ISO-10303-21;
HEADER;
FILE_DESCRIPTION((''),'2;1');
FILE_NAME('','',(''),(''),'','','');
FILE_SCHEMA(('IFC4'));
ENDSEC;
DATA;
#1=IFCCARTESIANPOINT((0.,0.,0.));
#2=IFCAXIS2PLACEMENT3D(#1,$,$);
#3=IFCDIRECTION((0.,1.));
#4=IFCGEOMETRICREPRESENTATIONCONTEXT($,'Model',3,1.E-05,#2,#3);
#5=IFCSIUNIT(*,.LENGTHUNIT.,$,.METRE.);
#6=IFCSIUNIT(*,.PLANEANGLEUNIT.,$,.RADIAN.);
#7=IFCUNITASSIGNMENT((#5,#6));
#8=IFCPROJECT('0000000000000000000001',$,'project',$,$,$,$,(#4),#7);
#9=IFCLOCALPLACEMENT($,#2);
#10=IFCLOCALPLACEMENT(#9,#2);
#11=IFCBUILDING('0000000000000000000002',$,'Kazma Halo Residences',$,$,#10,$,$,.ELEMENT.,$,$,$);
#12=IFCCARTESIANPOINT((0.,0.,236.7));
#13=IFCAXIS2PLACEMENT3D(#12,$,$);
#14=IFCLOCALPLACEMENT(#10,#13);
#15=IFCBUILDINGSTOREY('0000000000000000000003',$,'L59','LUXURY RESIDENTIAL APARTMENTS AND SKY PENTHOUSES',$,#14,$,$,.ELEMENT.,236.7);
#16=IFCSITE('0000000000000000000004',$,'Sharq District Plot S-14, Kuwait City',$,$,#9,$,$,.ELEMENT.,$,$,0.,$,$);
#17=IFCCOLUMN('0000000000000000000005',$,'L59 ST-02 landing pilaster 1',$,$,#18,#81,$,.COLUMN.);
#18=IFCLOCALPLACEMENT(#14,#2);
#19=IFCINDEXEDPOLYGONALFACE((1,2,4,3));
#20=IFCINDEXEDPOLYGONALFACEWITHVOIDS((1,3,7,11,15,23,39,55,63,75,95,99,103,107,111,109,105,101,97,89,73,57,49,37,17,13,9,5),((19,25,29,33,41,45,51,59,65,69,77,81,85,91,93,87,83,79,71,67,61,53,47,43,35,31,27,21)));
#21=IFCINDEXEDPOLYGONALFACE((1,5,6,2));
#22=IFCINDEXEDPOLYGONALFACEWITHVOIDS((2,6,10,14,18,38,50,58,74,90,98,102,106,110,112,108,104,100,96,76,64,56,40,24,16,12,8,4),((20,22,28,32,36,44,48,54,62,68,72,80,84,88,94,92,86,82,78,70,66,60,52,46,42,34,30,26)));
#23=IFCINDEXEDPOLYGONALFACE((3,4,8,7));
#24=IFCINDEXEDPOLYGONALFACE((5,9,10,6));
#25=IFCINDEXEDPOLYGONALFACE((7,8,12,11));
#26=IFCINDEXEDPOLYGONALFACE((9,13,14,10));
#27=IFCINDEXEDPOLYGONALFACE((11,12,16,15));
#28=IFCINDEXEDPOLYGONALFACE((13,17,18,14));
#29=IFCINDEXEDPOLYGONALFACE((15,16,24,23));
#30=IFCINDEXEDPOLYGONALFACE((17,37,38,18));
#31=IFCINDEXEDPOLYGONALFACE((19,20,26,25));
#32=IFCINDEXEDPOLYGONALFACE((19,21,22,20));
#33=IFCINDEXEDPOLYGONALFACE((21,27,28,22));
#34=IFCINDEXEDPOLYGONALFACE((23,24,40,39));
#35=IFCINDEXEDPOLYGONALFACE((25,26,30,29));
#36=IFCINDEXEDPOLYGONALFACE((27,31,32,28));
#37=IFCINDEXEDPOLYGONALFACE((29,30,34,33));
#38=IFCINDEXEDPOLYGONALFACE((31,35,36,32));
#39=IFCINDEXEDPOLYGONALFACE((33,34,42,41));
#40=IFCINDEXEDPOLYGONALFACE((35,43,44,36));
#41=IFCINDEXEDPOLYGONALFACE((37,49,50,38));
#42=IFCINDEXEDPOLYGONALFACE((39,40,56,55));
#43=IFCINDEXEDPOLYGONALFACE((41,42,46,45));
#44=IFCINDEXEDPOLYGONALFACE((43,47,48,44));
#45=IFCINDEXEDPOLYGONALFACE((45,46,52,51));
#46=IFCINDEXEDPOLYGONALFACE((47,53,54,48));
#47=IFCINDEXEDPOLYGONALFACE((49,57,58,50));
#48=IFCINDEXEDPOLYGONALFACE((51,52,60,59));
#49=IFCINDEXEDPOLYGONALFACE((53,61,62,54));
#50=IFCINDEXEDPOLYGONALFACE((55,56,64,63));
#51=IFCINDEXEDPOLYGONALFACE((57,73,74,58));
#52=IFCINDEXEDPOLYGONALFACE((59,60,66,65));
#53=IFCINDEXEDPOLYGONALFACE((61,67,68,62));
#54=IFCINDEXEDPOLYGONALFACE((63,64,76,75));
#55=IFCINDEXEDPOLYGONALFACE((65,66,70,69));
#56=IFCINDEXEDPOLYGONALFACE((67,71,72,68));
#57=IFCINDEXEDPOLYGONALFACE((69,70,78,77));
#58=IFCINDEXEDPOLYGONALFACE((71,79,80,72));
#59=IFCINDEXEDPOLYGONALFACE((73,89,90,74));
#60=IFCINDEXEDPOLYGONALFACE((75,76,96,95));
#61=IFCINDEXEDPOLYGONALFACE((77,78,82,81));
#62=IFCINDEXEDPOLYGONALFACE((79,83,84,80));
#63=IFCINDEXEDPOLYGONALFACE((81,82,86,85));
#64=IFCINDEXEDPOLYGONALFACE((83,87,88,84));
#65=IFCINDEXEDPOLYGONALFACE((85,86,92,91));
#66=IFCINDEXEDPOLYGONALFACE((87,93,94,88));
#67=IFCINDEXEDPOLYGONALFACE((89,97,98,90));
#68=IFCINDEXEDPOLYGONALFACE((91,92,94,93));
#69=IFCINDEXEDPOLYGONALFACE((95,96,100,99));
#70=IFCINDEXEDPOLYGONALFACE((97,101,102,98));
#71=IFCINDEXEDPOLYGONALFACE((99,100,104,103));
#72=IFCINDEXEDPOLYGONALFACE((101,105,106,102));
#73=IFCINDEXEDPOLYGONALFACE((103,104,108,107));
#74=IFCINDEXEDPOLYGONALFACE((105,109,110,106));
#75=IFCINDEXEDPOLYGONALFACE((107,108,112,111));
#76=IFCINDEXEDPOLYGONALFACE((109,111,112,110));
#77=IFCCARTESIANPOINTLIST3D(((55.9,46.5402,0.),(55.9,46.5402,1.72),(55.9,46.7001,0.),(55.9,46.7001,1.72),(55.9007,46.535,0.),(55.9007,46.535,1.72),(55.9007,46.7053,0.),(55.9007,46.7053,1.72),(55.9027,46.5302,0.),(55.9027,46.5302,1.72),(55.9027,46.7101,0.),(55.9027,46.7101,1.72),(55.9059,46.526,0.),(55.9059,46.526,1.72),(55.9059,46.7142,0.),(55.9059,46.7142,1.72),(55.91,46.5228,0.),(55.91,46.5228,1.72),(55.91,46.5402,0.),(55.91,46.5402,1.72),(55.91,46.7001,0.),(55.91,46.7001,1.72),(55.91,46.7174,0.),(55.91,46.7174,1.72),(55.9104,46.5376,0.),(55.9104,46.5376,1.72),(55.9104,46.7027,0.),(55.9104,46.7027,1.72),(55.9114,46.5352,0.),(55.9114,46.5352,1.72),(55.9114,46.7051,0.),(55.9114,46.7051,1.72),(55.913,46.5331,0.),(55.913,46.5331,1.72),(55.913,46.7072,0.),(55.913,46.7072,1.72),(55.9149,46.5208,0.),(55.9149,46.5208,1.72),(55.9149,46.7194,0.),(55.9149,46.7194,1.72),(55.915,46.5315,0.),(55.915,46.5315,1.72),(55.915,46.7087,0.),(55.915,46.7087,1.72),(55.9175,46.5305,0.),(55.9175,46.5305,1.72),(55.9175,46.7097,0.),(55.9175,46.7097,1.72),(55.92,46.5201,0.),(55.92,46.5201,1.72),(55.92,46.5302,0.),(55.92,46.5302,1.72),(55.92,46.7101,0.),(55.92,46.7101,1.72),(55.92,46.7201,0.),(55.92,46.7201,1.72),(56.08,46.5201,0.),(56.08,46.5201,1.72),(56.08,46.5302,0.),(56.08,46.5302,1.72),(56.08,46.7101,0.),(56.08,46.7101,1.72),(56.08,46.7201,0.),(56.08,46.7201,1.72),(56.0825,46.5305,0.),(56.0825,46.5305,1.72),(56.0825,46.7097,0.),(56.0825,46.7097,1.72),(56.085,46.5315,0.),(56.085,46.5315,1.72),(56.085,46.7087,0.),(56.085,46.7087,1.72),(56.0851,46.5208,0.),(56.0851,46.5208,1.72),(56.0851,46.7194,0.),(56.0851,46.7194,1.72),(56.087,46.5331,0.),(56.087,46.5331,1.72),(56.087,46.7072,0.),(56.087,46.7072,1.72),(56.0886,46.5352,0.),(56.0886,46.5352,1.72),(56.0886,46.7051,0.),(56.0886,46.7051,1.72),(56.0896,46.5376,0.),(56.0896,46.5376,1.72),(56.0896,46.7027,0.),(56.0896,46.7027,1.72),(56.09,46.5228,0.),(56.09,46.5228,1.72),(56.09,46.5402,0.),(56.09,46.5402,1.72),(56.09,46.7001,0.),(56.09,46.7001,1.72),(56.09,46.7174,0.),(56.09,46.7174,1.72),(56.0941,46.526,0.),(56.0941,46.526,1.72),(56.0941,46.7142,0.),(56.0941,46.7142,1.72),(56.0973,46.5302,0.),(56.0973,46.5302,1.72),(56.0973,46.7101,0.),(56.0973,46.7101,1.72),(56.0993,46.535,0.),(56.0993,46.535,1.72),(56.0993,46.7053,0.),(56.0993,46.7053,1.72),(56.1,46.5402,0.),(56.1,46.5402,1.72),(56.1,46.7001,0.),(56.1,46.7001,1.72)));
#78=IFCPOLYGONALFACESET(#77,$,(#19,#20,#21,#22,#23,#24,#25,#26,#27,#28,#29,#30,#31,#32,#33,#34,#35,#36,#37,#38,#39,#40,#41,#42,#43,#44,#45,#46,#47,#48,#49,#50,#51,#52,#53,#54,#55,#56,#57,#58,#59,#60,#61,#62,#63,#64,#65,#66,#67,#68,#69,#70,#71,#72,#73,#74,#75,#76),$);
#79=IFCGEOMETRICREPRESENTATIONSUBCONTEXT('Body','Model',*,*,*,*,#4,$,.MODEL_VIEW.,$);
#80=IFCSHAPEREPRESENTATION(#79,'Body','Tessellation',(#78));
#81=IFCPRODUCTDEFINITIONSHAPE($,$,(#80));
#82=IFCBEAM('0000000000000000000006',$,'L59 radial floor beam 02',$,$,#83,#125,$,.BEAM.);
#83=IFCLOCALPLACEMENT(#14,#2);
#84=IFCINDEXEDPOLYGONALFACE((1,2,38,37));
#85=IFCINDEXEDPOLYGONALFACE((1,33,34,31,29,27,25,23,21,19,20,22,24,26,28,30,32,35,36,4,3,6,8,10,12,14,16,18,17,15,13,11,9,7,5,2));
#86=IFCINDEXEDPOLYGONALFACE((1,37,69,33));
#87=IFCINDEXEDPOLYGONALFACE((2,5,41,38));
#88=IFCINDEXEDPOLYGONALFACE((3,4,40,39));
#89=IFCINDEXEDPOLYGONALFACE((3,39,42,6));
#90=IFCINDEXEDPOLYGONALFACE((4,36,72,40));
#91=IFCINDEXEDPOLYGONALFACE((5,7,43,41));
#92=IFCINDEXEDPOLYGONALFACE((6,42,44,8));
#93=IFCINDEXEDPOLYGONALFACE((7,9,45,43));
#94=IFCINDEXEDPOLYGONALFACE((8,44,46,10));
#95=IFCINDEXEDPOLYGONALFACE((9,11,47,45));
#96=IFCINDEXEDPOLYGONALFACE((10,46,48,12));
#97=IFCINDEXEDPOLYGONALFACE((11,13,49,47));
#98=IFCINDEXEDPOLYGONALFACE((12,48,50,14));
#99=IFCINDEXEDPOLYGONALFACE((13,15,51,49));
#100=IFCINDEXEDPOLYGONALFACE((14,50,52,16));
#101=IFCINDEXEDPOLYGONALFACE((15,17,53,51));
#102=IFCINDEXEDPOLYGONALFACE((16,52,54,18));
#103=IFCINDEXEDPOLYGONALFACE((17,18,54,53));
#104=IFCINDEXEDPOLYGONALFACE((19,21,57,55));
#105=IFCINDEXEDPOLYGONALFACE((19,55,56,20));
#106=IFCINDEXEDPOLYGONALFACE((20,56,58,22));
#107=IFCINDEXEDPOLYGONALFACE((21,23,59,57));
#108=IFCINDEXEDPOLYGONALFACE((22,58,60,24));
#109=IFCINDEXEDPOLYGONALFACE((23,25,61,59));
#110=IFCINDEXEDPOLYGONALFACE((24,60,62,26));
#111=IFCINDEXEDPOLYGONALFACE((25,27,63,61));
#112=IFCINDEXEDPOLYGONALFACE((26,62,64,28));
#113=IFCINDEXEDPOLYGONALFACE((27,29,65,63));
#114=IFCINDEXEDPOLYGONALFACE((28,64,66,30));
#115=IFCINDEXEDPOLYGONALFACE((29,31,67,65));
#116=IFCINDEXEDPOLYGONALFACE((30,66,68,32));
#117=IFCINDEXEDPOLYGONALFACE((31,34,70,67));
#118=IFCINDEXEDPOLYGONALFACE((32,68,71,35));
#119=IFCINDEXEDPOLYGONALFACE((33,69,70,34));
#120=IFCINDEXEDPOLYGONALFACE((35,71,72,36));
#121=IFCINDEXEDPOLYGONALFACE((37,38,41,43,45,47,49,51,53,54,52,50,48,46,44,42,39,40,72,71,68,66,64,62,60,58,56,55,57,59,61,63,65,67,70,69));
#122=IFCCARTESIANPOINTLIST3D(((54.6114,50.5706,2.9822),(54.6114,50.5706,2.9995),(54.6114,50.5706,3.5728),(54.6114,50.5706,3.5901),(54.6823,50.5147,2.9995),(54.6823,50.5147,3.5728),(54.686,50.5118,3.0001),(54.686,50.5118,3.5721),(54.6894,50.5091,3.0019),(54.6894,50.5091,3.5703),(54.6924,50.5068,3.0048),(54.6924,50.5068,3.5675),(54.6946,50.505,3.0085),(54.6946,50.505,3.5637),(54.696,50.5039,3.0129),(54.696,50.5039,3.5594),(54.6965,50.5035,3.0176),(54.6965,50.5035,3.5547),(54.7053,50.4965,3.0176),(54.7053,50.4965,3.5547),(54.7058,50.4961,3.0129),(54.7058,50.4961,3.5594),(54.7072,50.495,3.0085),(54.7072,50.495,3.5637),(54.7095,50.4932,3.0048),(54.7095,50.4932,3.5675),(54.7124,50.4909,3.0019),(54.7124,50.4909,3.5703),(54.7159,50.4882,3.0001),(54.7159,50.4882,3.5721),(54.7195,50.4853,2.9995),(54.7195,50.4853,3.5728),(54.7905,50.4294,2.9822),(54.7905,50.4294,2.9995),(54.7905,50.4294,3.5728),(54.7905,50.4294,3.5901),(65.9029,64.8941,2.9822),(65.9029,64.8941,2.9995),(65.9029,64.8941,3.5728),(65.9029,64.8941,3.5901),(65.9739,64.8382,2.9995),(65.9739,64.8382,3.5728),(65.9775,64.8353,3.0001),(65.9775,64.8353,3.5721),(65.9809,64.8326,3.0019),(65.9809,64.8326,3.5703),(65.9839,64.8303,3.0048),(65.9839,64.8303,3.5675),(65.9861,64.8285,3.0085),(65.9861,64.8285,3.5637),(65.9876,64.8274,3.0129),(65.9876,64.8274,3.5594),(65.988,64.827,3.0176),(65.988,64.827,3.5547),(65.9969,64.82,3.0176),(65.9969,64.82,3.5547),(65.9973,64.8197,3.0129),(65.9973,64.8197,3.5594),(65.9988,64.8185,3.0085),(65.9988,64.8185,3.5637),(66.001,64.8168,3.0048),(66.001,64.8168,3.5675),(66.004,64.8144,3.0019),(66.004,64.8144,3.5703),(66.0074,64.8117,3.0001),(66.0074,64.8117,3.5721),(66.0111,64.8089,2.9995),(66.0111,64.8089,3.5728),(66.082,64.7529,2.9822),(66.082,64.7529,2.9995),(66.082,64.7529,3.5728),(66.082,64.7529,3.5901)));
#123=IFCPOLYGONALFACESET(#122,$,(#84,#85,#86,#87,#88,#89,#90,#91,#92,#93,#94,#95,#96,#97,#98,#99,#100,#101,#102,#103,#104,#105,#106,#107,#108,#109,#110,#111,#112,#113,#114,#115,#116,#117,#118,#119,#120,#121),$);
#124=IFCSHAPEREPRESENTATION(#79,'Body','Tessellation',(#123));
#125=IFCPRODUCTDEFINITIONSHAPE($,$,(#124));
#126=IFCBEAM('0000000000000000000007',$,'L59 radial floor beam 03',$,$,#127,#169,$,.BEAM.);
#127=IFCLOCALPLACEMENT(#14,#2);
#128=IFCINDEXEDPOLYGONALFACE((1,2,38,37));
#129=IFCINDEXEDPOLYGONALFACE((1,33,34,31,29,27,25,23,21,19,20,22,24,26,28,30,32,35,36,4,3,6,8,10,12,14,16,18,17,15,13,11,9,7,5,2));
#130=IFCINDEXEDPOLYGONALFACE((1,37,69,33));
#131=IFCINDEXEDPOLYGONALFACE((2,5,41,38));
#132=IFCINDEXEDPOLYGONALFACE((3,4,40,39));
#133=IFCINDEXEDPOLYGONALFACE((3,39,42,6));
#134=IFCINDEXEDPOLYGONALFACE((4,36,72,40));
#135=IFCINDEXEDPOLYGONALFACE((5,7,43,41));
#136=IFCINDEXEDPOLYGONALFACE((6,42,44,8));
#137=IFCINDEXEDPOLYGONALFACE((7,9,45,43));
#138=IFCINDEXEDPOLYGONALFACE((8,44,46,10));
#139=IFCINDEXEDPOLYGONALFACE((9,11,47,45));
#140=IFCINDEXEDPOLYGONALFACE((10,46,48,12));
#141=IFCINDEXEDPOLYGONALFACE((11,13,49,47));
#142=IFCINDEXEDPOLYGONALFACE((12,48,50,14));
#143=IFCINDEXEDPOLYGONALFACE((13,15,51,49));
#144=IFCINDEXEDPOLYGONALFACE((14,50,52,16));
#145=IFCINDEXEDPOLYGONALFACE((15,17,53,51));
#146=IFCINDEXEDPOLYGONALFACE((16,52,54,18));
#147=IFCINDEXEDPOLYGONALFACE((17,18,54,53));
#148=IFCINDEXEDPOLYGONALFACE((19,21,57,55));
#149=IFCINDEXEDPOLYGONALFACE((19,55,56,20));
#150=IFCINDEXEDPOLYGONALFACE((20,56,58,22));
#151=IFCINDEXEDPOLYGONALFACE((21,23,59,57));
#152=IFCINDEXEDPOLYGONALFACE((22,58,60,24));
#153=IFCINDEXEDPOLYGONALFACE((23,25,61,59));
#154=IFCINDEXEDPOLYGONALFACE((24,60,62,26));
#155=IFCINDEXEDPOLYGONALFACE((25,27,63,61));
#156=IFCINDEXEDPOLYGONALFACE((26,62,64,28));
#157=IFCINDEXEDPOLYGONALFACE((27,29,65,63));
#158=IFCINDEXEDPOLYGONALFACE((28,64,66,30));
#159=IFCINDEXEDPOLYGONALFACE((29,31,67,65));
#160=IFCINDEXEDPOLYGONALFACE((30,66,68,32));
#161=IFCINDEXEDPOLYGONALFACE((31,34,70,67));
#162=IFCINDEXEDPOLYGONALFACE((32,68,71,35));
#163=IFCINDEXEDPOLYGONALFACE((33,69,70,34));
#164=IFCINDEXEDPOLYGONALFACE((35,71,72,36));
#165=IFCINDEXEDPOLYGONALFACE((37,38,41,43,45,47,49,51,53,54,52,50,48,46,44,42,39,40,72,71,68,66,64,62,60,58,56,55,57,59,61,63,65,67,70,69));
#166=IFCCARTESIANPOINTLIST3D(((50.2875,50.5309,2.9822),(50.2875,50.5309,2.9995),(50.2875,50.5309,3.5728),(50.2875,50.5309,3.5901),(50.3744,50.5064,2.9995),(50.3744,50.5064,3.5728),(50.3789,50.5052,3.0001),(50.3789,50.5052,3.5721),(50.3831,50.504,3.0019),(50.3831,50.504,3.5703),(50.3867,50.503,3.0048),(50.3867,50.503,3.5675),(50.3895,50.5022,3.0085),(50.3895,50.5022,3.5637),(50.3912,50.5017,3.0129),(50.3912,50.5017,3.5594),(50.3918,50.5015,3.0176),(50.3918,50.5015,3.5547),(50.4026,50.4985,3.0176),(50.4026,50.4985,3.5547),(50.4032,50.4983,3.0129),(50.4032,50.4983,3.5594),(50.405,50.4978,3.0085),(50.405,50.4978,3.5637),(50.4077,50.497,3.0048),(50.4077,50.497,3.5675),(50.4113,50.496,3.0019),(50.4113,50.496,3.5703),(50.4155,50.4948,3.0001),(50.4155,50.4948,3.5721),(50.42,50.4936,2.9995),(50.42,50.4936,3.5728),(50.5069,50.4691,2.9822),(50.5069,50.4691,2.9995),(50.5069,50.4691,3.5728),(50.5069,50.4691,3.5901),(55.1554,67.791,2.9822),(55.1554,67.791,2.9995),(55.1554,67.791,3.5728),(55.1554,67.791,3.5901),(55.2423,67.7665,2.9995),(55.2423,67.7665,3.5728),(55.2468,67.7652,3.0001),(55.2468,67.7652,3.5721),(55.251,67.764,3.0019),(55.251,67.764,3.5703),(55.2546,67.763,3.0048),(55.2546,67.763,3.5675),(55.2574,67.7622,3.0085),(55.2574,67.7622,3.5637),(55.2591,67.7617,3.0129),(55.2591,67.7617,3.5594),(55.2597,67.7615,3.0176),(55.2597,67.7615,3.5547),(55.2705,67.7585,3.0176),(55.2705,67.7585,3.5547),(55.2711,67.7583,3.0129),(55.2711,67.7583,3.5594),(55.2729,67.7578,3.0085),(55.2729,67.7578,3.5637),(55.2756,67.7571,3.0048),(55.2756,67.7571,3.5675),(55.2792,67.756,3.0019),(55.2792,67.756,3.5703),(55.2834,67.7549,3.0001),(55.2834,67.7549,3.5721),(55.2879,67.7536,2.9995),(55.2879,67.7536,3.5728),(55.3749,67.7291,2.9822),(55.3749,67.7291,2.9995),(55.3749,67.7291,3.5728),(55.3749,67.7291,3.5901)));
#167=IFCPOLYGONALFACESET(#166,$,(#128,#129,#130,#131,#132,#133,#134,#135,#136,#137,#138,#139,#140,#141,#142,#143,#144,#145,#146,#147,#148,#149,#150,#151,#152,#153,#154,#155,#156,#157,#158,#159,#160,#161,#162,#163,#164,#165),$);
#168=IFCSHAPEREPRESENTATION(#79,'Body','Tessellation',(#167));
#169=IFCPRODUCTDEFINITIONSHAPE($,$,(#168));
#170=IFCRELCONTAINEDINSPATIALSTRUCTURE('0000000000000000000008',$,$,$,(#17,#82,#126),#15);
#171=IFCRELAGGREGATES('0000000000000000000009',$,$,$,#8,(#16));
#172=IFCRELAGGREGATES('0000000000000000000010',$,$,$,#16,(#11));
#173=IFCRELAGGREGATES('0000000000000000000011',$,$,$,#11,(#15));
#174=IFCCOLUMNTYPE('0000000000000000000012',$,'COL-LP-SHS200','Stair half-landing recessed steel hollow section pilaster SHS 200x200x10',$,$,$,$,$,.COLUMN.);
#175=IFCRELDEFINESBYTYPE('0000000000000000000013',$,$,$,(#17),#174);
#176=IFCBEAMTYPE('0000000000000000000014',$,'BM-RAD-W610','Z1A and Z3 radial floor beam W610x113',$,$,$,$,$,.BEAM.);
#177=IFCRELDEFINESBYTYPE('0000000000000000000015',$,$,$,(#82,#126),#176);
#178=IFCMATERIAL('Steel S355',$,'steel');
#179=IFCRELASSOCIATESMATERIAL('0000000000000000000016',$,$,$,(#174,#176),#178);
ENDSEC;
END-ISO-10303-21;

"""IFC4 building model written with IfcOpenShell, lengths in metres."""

from ifc_helpers import new_model, si_unit, direction, frame, origin, origin_2d, place, context, subcontext, project, spatial, hollow_rectangle, i_section, extrude, material, material_profile, profile_set, type_object, element, save


model = new_model("IFC4")

# Units and contexts
model_context = context("Model", 3, precision=1e-05, world=origin(), true_north=direction((0.0, 1.0)))
body_context = subcontext(model_context, "Body", "Model", "MODEL_VIEW")
ifc_project = project(units=[si_unit("LENGTHUNIT", "METRE"), si_unit("PLANEANGLEUNIT", "RADIAN")], contexts=[model_context])

# Site, building, storey
site_placement = place(None, origin())
site = spatial("IfcSite", under=ifc_project, at=site_placement, Name="Sharq District Plot S-14, Kuwait City", CompositionType="ELEMENT", RefElevation=0.0)
building_placement = place(site_placement, origin())
building = spatial("IfcBuilding", under=site, at=building_placement, Name="Kazma Halo Residences", CompositionType="ELEMENT")
storey_placement = place(building_placement, frame((0.0, 0.0, 236.7)))
storey = spatial("IfcBuildingStorey", under=building, at=storey_placement, Name="L59", Description="LUXURY RESIDENTIAL APARTMENTS AND SKY PENTHOUSES", CompositionType="ELEMENT", Elevation=236.7)

# Column
ifc_material_1 = material(Name="Steel S355", Category="steel")
ifc_material_profile_1 = material_profile(ifc_material_1, hollow_rectangle(XDim=0.2, YDim=0.2, WallThickness=0.01, InnerFilletRadius=0.01, OuterFilletRadius=0.02, at=origin_2d()), Name="SHS200x200x10")
ifc_profile_set_1 = profile_set([ifc_material_profile_1], Name="Steel S355")
column_type = type_object("IfcColumnType", Name="COL-LP-SHS200", Description="Stair half-landing recessed steel hollow section pilaster SHS 200x200x10", PredefinedType="COLUMN", material=ifc_profile_set_1)
column_placement = place(storey_placement, frame((56.0, 46.6201, 0.0), z_axis=(0.0, 0.0, 1.0), x_axis=(1.0, 0.0, 0.0)))
element("IfcColumn", 1, at=column_placement, inside=storey, type_object=column_type, Name="L59 ST-02 landing pilaster 1", PredefinedType="COLUMN", context=body_context, shape_type="SweptSolid", body=[
    extrude(hollow_rectangle(XDim=0.2, YDim=0.2, WallThickness=0.01, InnerFilletRadius=0.01, OuterFilletRadius=0.02, at=origin_2d()), origin(), (0.0, 0.0, 1.0), 1.72),
])

# Beams
ifc_material_profile_2 = material_profile(ifc_material_1, i_section(OverallWidth=0.228, OverallDepth=0.6079, WebThickness=0.0112, FlangeThickness=0.0173, FilletRadius=0.0181, at=origin_2d()), Name="W610x113")
ifc_profile_set_2 = profile_set([ifc_material_profile_2], Name="Steel S355")
beam_type_1 = type_object("IfcBeamType", Name="BM-RAD-W610", Description="Z1A and Z3 radial floor beam W610x113", PredefinedType="BEAM", material=ifc_profile_set_2)
beam_1_placement = place(storey_placement, frame((54.7009, 50.5, 3.2861), z_axis=(0.619086, 0.785323, 0.0), x_axis=(-0.785323, 0.619086, 0.0)))
element("IfcBeam", 2, at=beam_1_placement, inside=storey, type_object=beam_type_1, Name="L59 radial floor beam 02", PredefinedType="BEAM", context=body_context, shape_type="SweptSolid", body=[
    extrude(i_section(OverallWidth=0.228, OverallDepth=0.6079, WebThickness=0.0112, FlangeThickness=0.0173, FilletRadius=0.0181, at=origin_2d()), origin(), (0.0, 0.0, 1.0), 18.239),
])
beam_2_placement = place(storey_placement, frame((50.3972, 50.5, 3.2861), z_axis=(0.271445, 0.962454, 0.0), x_axis=(-0.962454, 0.271445, 0.0)))
element("IfcBeam", 3, at=beam_2_placement, inside=storey, type_object=beam_type_1, Name="L59 radial floor beam 03", PredefinedType="BEAM", context=body_context, shape_type="SweptSolid", body=[
    extrude(i_section(OverallWidth=0.228, OverallDepth=0.6079, WebThickness=0.0112, FlangeThickness=0.0173, FilletRadius=0.0181, at=origin_2d()), origin(), (0.0, 0.0, 1.0), 17.9333),
])

save(model, "model.ifc")
